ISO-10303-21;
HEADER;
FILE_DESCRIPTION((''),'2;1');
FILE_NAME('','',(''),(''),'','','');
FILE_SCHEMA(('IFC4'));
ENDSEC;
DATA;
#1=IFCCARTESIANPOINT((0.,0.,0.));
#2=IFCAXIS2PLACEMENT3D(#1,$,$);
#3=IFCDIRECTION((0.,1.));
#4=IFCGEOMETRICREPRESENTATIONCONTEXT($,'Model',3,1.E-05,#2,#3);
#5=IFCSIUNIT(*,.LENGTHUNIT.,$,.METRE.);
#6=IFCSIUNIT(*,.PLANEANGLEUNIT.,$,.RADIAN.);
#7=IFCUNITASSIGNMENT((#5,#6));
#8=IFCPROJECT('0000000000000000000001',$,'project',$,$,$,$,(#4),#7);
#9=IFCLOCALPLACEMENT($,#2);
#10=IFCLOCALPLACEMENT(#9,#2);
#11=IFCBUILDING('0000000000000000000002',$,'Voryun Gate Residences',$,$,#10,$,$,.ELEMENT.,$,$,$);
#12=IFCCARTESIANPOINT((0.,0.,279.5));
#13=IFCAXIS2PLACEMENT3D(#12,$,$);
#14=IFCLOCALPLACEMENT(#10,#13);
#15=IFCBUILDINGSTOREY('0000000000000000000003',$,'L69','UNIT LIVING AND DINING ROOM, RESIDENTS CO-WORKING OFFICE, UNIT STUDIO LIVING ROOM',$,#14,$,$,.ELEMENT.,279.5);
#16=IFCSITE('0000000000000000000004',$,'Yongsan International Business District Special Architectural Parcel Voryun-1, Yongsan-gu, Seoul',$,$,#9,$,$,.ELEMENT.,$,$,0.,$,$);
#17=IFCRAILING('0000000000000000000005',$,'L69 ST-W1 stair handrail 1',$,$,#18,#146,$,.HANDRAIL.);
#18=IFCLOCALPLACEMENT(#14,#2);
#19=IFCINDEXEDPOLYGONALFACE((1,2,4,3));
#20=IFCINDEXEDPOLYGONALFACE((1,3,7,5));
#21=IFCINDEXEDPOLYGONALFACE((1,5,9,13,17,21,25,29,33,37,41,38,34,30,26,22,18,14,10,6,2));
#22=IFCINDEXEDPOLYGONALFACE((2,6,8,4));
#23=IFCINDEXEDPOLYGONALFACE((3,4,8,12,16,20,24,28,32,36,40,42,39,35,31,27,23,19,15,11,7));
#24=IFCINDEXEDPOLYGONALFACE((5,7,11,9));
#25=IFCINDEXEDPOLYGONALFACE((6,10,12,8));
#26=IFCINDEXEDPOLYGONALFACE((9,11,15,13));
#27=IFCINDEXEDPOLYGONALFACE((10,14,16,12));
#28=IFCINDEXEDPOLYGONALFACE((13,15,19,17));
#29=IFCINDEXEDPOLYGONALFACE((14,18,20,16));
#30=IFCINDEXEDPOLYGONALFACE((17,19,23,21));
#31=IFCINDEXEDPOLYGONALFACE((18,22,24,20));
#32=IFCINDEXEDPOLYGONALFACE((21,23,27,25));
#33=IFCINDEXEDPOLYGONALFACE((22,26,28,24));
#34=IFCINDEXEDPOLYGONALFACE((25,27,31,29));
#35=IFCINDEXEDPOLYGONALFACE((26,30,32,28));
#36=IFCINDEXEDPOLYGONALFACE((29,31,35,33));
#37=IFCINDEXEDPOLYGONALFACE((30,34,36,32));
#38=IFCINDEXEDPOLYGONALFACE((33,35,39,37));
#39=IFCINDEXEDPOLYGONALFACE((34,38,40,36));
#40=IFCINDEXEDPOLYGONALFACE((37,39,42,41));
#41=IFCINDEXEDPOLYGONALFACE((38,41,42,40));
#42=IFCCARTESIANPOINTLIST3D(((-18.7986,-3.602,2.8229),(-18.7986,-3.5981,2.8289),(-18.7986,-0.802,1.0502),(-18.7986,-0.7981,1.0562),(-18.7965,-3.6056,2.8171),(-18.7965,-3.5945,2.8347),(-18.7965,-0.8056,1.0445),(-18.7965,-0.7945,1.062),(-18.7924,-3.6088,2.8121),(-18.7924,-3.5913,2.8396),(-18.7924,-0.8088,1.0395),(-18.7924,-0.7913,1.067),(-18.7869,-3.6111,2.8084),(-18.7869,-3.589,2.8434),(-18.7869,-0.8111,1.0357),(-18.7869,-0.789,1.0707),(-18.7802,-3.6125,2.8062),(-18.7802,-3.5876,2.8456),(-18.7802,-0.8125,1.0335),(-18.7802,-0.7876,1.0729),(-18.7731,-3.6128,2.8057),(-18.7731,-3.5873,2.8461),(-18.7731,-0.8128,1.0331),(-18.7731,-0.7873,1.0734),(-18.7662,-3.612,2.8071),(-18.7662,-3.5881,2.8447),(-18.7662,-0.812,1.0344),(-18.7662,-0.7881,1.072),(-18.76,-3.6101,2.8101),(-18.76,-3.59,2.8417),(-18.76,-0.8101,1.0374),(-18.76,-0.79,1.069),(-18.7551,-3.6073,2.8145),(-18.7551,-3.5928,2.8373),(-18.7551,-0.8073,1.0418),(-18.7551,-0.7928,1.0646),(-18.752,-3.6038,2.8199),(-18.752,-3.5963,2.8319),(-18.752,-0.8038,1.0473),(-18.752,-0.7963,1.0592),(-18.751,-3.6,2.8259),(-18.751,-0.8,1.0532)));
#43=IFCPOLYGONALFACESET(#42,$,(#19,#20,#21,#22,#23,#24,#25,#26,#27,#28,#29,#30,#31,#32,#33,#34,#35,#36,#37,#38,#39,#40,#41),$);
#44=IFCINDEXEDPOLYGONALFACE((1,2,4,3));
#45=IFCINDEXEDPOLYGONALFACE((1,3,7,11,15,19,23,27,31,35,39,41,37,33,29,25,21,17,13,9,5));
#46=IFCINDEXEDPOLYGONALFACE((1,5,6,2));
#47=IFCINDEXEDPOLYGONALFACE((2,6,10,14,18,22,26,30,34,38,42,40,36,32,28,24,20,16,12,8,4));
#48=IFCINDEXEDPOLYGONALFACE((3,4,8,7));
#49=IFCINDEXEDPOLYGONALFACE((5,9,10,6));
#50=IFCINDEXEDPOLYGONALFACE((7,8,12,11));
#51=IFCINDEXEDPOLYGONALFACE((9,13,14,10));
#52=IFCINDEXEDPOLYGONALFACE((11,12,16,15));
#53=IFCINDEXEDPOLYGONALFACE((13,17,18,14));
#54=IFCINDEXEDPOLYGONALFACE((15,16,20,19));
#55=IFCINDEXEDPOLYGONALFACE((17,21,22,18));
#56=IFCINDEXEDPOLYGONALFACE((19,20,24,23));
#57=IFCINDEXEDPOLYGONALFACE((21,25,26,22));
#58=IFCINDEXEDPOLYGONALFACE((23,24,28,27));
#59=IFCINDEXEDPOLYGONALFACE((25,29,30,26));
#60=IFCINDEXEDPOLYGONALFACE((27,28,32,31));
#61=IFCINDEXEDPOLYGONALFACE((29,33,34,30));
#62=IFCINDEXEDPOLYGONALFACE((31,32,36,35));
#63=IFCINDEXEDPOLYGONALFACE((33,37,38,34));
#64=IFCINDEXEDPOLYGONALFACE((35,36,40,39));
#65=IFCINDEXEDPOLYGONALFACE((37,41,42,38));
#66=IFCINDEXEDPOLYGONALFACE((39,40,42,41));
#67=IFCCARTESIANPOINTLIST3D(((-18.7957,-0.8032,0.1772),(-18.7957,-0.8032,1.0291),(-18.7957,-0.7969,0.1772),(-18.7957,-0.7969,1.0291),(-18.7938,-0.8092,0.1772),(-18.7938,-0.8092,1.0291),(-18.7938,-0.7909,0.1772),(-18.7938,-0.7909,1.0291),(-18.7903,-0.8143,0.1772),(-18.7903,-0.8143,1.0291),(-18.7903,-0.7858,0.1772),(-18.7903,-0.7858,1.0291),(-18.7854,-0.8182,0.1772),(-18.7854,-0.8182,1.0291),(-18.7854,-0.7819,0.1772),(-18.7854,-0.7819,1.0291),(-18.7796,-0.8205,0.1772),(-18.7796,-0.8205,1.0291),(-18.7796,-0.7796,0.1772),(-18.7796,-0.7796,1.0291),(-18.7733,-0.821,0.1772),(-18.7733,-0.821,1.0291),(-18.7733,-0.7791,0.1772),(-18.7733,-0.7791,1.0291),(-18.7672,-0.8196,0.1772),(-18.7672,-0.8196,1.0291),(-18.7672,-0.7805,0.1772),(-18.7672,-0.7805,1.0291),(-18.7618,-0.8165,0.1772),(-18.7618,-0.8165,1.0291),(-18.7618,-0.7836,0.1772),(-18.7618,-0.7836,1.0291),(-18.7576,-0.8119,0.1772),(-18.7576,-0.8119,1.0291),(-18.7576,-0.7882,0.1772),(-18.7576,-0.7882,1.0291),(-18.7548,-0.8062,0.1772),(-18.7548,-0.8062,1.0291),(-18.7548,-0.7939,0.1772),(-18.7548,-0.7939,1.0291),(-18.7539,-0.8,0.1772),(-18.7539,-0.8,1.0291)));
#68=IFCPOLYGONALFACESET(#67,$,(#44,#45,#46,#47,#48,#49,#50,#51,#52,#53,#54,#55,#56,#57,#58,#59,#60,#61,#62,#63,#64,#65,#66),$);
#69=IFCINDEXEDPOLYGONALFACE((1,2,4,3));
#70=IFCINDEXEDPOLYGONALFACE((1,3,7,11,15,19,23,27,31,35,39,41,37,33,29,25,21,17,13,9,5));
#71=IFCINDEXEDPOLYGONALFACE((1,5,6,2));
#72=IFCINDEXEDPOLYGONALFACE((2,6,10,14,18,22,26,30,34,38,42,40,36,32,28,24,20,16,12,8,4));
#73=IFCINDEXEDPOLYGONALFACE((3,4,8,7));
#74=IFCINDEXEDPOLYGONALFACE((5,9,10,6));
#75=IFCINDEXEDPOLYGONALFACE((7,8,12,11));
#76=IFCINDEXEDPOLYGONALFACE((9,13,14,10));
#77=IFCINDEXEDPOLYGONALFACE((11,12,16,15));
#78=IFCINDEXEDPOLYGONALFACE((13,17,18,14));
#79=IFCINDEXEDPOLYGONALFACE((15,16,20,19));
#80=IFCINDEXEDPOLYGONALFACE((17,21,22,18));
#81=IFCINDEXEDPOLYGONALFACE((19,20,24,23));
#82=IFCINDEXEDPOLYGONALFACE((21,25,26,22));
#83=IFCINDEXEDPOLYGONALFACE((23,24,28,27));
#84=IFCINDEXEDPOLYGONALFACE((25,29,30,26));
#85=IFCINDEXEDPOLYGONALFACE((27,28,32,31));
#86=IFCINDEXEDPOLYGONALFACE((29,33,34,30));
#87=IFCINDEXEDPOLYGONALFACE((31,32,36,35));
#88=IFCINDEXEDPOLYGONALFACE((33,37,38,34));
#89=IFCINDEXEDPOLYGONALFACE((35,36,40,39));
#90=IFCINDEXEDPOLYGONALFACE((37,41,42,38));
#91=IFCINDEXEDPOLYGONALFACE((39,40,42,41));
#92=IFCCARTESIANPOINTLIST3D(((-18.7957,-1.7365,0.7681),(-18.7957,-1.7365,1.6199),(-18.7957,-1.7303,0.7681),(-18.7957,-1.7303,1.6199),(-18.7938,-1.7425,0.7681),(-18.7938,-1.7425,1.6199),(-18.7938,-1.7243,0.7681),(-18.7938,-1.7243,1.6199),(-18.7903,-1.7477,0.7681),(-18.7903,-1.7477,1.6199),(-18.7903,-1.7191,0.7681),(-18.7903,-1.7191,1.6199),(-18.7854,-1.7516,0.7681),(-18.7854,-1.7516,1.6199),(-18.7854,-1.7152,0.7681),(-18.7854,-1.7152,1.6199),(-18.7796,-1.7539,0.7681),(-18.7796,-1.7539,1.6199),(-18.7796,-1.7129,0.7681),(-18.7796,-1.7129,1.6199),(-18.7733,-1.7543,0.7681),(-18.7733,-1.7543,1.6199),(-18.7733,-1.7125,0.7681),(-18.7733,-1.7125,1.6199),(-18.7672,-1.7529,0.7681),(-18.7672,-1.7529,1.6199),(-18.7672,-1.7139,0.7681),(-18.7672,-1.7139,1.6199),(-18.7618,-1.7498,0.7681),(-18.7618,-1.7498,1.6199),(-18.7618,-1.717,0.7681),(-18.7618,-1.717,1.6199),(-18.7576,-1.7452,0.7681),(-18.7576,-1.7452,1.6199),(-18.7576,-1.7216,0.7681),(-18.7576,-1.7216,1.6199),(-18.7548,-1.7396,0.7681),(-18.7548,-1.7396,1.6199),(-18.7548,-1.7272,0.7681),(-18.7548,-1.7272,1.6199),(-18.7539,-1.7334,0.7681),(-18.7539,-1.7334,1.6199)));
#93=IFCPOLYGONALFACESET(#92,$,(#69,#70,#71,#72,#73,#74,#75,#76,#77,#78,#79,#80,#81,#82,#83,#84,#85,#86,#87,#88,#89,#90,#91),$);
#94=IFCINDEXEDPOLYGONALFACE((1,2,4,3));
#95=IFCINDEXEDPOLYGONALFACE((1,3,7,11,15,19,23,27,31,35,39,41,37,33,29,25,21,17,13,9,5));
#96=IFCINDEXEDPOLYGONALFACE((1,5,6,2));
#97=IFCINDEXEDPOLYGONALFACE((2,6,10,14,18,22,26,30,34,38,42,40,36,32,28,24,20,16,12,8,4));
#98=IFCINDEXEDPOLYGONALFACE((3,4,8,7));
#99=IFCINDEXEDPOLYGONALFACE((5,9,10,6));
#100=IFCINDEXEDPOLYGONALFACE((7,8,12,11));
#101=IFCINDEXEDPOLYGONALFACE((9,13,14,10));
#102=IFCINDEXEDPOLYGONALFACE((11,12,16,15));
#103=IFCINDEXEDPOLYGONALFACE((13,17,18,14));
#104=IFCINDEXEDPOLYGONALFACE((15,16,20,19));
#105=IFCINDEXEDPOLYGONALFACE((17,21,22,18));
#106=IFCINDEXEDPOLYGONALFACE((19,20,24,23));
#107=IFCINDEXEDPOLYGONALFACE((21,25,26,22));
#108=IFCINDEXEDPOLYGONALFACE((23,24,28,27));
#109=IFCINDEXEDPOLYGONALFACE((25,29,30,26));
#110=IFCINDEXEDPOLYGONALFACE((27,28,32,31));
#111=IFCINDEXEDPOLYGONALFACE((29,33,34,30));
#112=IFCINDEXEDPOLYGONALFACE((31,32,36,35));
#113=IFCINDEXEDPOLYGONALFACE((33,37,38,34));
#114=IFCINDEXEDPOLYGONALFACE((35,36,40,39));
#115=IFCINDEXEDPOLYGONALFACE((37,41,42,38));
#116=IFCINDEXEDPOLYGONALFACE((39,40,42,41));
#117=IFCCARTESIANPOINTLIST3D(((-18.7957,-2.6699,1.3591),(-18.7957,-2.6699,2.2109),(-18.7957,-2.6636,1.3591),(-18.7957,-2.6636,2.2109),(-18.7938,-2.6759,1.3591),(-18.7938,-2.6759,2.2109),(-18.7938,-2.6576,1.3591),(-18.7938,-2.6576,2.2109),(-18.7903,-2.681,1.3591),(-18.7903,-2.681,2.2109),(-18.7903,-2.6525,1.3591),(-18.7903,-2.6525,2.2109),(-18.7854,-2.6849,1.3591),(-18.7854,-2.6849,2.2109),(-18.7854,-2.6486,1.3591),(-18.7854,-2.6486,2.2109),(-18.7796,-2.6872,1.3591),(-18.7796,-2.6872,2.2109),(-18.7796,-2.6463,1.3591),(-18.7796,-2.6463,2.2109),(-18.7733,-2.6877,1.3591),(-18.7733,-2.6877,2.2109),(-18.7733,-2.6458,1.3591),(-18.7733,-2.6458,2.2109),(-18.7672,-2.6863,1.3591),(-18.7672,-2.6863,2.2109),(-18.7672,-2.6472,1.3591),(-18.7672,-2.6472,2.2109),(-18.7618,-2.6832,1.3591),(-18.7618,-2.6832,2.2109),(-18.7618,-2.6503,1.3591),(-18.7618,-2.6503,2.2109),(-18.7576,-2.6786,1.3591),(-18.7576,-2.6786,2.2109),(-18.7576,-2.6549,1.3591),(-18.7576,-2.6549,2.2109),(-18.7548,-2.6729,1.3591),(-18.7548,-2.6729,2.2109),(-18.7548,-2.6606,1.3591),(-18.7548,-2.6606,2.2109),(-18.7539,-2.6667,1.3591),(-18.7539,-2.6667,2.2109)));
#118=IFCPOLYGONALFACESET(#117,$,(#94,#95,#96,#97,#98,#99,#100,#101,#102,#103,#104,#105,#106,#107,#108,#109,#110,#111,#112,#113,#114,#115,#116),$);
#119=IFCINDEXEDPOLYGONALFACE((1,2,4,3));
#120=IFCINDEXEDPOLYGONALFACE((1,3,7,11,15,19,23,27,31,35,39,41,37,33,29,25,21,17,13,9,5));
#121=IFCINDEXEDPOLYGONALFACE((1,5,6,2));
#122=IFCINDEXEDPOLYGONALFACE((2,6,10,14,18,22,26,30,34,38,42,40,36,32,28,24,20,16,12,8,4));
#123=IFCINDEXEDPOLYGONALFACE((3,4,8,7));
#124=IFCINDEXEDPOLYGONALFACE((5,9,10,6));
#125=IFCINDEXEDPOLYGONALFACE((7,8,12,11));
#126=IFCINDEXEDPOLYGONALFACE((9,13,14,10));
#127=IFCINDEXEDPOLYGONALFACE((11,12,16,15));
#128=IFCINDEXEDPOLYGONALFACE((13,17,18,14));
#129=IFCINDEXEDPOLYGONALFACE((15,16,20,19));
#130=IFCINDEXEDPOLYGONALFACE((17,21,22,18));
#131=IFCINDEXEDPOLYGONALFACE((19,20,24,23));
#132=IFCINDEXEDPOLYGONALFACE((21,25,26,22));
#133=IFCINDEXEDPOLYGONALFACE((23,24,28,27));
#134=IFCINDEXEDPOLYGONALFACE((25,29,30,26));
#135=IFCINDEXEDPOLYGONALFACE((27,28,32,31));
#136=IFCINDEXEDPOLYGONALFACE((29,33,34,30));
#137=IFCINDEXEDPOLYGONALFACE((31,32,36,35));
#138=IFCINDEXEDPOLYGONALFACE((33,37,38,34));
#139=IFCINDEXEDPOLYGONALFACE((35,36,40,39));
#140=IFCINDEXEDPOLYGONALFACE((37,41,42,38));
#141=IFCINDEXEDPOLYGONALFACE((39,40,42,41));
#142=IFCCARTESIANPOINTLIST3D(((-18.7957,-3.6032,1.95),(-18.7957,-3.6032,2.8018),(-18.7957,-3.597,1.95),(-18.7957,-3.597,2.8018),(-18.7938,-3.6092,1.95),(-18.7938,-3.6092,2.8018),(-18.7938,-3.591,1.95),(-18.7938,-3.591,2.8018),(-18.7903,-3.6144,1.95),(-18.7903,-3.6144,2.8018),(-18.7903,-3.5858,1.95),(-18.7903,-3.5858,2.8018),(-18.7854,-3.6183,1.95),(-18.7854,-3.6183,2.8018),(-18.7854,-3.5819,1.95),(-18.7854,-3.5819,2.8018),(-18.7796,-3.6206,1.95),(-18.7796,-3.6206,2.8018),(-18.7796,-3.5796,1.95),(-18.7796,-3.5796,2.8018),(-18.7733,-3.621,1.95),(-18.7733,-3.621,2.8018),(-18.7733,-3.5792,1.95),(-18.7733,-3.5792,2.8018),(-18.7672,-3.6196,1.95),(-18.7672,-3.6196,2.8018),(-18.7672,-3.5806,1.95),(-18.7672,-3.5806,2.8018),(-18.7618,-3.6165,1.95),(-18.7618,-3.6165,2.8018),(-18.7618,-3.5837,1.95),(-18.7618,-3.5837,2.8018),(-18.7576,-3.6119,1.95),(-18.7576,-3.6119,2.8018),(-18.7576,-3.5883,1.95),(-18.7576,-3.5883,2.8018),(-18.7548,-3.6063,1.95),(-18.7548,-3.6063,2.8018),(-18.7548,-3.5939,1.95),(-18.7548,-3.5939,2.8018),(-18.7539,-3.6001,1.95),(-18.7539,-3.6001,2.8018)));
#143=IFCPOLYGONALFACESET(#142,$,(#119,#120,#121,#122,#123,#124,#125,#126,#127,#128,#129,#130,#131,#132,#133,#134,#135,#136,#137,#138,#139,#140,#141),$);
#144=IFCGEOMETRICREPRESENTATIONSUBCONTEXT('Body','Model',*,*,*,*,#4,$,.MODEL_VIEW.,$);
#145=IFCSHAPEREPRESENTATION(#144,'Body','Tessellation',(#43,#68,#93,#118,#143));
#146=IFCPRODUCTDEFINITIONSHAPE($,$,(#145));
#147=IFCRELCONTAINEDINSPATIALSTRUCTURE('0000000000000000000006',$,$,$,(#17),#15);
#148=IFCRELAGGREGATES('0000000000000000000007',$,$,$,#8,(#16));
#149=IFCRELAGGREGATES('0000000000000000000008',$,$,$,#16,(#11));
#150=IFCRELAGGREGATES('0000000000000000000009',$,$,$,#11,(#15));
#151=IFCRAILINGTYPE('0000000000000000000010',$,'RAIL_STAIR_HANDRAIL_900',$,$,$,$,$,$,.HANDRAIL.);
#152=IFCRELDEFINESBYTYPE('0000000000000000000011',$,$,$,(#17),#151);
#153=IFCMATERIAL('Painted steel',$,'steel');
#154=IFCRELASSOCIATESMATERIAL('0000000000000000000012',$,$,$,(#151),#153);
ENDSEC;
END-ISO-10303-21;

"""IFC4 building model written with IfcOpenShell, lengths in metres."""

from ifc_helpers import new_model, si_unit, direction, frame, origin, origin_2d, place, context, subcontext, project, spatial, circle, extrude, material, type_object, element, save


model = new_model("IFC4")

# Units and contexts
model_context = context("Model", 3, precision=1e-05, world=origin(), true_north=direction((0.0, 1.0)))
body_context = subcontext(model_context, "Body", "Model", "MODEL_VIEW")
ifc_project = project(units=[si_unit("LENGTHUNIT", "METRE"), si_unit("PLANEANGLEUNIT", "RADIAN")], contexts=[model_context])

# Site, building, storey
site_placement = place(None, origin())
site = spatial("IfcSite", under=ifc_project, at=site_placement, Name="Yongsan International Business District Special Architectural Parcel Voryun-1, Yongsan-gu, Seoul", CompositionType="ELEMENT", RefElevation=0.0)
building_placement = place(site_placement, origin())
building = spatial("IfcBuilding", under=site, at=building_placement, Name="Voryun Gate Residences", CompositionType="ELEMENT")
storey_placement = place(building_placement, frame((0.0, 0.0, 279.5)))
storey = spatial("IfcBuildingStorey", under=building, at=storey_placement, Name="L69", Description="UNIT LIVING AND DINING ROOM, RESIDENTS CO-WORKING OFFICE, UNIT STUDIO LIVING ROOM", CompositionType="ELEMENT", Elevation=279.5)

# Railing
ifc_material_1 = material(Name="Painted steel", Category="steel")
railing_type_1 = type_object("IfcRailingType", Name="RAIL_STAIR_HANDRAIL_900", PredefinedType="HANDRAIL", material=ifc_material_1)
railing_1_placement = place(storey_placement, frame((-18.7749, -0.8, 0.1772)))
element("IfcRailing", 1, at=railing_1_placement, inside=storey, type_object=railing_type_1, Name="L69 ST-W1 stair handrail 1", PredefinedType="HANDRAIL", context=body_context, shape_type="SweptSolid", body=[
    extrude(circle(Radius=0.0239, at=origin_2d()), frame((0.0, 0.0, 0.876), z_axis=(0.0, -0.844909, 0.53491), x_axis=(1.0, 0.0, 0.0)), (0.0, 0.0, 1.0), 3.314),
    extrude(circle(Radius=0.021, at=origin_2d()), origin(), (0.0, 0.0, 1.0), 0.8518),
    extrude(circle(Radius=0.021, at=origin_2d()), frame((0.0, -0.9333, 0.5908)), (0.0, 0.0, 1.0), 0.8518),
    extrude(circle(Radius=0.021, at=origin_2d()), frame((0.0, -1.8667, 1.1819)), (0.0, 0.0, 1.0), 0.8518),
    extrude(circle(Radius=0.021, at=origin_2d()), frame((0.0, -2.8, 1.7727)), (0.0, 0.0, 1.0), 0.8518),
])

save(model, "model.ifc")
